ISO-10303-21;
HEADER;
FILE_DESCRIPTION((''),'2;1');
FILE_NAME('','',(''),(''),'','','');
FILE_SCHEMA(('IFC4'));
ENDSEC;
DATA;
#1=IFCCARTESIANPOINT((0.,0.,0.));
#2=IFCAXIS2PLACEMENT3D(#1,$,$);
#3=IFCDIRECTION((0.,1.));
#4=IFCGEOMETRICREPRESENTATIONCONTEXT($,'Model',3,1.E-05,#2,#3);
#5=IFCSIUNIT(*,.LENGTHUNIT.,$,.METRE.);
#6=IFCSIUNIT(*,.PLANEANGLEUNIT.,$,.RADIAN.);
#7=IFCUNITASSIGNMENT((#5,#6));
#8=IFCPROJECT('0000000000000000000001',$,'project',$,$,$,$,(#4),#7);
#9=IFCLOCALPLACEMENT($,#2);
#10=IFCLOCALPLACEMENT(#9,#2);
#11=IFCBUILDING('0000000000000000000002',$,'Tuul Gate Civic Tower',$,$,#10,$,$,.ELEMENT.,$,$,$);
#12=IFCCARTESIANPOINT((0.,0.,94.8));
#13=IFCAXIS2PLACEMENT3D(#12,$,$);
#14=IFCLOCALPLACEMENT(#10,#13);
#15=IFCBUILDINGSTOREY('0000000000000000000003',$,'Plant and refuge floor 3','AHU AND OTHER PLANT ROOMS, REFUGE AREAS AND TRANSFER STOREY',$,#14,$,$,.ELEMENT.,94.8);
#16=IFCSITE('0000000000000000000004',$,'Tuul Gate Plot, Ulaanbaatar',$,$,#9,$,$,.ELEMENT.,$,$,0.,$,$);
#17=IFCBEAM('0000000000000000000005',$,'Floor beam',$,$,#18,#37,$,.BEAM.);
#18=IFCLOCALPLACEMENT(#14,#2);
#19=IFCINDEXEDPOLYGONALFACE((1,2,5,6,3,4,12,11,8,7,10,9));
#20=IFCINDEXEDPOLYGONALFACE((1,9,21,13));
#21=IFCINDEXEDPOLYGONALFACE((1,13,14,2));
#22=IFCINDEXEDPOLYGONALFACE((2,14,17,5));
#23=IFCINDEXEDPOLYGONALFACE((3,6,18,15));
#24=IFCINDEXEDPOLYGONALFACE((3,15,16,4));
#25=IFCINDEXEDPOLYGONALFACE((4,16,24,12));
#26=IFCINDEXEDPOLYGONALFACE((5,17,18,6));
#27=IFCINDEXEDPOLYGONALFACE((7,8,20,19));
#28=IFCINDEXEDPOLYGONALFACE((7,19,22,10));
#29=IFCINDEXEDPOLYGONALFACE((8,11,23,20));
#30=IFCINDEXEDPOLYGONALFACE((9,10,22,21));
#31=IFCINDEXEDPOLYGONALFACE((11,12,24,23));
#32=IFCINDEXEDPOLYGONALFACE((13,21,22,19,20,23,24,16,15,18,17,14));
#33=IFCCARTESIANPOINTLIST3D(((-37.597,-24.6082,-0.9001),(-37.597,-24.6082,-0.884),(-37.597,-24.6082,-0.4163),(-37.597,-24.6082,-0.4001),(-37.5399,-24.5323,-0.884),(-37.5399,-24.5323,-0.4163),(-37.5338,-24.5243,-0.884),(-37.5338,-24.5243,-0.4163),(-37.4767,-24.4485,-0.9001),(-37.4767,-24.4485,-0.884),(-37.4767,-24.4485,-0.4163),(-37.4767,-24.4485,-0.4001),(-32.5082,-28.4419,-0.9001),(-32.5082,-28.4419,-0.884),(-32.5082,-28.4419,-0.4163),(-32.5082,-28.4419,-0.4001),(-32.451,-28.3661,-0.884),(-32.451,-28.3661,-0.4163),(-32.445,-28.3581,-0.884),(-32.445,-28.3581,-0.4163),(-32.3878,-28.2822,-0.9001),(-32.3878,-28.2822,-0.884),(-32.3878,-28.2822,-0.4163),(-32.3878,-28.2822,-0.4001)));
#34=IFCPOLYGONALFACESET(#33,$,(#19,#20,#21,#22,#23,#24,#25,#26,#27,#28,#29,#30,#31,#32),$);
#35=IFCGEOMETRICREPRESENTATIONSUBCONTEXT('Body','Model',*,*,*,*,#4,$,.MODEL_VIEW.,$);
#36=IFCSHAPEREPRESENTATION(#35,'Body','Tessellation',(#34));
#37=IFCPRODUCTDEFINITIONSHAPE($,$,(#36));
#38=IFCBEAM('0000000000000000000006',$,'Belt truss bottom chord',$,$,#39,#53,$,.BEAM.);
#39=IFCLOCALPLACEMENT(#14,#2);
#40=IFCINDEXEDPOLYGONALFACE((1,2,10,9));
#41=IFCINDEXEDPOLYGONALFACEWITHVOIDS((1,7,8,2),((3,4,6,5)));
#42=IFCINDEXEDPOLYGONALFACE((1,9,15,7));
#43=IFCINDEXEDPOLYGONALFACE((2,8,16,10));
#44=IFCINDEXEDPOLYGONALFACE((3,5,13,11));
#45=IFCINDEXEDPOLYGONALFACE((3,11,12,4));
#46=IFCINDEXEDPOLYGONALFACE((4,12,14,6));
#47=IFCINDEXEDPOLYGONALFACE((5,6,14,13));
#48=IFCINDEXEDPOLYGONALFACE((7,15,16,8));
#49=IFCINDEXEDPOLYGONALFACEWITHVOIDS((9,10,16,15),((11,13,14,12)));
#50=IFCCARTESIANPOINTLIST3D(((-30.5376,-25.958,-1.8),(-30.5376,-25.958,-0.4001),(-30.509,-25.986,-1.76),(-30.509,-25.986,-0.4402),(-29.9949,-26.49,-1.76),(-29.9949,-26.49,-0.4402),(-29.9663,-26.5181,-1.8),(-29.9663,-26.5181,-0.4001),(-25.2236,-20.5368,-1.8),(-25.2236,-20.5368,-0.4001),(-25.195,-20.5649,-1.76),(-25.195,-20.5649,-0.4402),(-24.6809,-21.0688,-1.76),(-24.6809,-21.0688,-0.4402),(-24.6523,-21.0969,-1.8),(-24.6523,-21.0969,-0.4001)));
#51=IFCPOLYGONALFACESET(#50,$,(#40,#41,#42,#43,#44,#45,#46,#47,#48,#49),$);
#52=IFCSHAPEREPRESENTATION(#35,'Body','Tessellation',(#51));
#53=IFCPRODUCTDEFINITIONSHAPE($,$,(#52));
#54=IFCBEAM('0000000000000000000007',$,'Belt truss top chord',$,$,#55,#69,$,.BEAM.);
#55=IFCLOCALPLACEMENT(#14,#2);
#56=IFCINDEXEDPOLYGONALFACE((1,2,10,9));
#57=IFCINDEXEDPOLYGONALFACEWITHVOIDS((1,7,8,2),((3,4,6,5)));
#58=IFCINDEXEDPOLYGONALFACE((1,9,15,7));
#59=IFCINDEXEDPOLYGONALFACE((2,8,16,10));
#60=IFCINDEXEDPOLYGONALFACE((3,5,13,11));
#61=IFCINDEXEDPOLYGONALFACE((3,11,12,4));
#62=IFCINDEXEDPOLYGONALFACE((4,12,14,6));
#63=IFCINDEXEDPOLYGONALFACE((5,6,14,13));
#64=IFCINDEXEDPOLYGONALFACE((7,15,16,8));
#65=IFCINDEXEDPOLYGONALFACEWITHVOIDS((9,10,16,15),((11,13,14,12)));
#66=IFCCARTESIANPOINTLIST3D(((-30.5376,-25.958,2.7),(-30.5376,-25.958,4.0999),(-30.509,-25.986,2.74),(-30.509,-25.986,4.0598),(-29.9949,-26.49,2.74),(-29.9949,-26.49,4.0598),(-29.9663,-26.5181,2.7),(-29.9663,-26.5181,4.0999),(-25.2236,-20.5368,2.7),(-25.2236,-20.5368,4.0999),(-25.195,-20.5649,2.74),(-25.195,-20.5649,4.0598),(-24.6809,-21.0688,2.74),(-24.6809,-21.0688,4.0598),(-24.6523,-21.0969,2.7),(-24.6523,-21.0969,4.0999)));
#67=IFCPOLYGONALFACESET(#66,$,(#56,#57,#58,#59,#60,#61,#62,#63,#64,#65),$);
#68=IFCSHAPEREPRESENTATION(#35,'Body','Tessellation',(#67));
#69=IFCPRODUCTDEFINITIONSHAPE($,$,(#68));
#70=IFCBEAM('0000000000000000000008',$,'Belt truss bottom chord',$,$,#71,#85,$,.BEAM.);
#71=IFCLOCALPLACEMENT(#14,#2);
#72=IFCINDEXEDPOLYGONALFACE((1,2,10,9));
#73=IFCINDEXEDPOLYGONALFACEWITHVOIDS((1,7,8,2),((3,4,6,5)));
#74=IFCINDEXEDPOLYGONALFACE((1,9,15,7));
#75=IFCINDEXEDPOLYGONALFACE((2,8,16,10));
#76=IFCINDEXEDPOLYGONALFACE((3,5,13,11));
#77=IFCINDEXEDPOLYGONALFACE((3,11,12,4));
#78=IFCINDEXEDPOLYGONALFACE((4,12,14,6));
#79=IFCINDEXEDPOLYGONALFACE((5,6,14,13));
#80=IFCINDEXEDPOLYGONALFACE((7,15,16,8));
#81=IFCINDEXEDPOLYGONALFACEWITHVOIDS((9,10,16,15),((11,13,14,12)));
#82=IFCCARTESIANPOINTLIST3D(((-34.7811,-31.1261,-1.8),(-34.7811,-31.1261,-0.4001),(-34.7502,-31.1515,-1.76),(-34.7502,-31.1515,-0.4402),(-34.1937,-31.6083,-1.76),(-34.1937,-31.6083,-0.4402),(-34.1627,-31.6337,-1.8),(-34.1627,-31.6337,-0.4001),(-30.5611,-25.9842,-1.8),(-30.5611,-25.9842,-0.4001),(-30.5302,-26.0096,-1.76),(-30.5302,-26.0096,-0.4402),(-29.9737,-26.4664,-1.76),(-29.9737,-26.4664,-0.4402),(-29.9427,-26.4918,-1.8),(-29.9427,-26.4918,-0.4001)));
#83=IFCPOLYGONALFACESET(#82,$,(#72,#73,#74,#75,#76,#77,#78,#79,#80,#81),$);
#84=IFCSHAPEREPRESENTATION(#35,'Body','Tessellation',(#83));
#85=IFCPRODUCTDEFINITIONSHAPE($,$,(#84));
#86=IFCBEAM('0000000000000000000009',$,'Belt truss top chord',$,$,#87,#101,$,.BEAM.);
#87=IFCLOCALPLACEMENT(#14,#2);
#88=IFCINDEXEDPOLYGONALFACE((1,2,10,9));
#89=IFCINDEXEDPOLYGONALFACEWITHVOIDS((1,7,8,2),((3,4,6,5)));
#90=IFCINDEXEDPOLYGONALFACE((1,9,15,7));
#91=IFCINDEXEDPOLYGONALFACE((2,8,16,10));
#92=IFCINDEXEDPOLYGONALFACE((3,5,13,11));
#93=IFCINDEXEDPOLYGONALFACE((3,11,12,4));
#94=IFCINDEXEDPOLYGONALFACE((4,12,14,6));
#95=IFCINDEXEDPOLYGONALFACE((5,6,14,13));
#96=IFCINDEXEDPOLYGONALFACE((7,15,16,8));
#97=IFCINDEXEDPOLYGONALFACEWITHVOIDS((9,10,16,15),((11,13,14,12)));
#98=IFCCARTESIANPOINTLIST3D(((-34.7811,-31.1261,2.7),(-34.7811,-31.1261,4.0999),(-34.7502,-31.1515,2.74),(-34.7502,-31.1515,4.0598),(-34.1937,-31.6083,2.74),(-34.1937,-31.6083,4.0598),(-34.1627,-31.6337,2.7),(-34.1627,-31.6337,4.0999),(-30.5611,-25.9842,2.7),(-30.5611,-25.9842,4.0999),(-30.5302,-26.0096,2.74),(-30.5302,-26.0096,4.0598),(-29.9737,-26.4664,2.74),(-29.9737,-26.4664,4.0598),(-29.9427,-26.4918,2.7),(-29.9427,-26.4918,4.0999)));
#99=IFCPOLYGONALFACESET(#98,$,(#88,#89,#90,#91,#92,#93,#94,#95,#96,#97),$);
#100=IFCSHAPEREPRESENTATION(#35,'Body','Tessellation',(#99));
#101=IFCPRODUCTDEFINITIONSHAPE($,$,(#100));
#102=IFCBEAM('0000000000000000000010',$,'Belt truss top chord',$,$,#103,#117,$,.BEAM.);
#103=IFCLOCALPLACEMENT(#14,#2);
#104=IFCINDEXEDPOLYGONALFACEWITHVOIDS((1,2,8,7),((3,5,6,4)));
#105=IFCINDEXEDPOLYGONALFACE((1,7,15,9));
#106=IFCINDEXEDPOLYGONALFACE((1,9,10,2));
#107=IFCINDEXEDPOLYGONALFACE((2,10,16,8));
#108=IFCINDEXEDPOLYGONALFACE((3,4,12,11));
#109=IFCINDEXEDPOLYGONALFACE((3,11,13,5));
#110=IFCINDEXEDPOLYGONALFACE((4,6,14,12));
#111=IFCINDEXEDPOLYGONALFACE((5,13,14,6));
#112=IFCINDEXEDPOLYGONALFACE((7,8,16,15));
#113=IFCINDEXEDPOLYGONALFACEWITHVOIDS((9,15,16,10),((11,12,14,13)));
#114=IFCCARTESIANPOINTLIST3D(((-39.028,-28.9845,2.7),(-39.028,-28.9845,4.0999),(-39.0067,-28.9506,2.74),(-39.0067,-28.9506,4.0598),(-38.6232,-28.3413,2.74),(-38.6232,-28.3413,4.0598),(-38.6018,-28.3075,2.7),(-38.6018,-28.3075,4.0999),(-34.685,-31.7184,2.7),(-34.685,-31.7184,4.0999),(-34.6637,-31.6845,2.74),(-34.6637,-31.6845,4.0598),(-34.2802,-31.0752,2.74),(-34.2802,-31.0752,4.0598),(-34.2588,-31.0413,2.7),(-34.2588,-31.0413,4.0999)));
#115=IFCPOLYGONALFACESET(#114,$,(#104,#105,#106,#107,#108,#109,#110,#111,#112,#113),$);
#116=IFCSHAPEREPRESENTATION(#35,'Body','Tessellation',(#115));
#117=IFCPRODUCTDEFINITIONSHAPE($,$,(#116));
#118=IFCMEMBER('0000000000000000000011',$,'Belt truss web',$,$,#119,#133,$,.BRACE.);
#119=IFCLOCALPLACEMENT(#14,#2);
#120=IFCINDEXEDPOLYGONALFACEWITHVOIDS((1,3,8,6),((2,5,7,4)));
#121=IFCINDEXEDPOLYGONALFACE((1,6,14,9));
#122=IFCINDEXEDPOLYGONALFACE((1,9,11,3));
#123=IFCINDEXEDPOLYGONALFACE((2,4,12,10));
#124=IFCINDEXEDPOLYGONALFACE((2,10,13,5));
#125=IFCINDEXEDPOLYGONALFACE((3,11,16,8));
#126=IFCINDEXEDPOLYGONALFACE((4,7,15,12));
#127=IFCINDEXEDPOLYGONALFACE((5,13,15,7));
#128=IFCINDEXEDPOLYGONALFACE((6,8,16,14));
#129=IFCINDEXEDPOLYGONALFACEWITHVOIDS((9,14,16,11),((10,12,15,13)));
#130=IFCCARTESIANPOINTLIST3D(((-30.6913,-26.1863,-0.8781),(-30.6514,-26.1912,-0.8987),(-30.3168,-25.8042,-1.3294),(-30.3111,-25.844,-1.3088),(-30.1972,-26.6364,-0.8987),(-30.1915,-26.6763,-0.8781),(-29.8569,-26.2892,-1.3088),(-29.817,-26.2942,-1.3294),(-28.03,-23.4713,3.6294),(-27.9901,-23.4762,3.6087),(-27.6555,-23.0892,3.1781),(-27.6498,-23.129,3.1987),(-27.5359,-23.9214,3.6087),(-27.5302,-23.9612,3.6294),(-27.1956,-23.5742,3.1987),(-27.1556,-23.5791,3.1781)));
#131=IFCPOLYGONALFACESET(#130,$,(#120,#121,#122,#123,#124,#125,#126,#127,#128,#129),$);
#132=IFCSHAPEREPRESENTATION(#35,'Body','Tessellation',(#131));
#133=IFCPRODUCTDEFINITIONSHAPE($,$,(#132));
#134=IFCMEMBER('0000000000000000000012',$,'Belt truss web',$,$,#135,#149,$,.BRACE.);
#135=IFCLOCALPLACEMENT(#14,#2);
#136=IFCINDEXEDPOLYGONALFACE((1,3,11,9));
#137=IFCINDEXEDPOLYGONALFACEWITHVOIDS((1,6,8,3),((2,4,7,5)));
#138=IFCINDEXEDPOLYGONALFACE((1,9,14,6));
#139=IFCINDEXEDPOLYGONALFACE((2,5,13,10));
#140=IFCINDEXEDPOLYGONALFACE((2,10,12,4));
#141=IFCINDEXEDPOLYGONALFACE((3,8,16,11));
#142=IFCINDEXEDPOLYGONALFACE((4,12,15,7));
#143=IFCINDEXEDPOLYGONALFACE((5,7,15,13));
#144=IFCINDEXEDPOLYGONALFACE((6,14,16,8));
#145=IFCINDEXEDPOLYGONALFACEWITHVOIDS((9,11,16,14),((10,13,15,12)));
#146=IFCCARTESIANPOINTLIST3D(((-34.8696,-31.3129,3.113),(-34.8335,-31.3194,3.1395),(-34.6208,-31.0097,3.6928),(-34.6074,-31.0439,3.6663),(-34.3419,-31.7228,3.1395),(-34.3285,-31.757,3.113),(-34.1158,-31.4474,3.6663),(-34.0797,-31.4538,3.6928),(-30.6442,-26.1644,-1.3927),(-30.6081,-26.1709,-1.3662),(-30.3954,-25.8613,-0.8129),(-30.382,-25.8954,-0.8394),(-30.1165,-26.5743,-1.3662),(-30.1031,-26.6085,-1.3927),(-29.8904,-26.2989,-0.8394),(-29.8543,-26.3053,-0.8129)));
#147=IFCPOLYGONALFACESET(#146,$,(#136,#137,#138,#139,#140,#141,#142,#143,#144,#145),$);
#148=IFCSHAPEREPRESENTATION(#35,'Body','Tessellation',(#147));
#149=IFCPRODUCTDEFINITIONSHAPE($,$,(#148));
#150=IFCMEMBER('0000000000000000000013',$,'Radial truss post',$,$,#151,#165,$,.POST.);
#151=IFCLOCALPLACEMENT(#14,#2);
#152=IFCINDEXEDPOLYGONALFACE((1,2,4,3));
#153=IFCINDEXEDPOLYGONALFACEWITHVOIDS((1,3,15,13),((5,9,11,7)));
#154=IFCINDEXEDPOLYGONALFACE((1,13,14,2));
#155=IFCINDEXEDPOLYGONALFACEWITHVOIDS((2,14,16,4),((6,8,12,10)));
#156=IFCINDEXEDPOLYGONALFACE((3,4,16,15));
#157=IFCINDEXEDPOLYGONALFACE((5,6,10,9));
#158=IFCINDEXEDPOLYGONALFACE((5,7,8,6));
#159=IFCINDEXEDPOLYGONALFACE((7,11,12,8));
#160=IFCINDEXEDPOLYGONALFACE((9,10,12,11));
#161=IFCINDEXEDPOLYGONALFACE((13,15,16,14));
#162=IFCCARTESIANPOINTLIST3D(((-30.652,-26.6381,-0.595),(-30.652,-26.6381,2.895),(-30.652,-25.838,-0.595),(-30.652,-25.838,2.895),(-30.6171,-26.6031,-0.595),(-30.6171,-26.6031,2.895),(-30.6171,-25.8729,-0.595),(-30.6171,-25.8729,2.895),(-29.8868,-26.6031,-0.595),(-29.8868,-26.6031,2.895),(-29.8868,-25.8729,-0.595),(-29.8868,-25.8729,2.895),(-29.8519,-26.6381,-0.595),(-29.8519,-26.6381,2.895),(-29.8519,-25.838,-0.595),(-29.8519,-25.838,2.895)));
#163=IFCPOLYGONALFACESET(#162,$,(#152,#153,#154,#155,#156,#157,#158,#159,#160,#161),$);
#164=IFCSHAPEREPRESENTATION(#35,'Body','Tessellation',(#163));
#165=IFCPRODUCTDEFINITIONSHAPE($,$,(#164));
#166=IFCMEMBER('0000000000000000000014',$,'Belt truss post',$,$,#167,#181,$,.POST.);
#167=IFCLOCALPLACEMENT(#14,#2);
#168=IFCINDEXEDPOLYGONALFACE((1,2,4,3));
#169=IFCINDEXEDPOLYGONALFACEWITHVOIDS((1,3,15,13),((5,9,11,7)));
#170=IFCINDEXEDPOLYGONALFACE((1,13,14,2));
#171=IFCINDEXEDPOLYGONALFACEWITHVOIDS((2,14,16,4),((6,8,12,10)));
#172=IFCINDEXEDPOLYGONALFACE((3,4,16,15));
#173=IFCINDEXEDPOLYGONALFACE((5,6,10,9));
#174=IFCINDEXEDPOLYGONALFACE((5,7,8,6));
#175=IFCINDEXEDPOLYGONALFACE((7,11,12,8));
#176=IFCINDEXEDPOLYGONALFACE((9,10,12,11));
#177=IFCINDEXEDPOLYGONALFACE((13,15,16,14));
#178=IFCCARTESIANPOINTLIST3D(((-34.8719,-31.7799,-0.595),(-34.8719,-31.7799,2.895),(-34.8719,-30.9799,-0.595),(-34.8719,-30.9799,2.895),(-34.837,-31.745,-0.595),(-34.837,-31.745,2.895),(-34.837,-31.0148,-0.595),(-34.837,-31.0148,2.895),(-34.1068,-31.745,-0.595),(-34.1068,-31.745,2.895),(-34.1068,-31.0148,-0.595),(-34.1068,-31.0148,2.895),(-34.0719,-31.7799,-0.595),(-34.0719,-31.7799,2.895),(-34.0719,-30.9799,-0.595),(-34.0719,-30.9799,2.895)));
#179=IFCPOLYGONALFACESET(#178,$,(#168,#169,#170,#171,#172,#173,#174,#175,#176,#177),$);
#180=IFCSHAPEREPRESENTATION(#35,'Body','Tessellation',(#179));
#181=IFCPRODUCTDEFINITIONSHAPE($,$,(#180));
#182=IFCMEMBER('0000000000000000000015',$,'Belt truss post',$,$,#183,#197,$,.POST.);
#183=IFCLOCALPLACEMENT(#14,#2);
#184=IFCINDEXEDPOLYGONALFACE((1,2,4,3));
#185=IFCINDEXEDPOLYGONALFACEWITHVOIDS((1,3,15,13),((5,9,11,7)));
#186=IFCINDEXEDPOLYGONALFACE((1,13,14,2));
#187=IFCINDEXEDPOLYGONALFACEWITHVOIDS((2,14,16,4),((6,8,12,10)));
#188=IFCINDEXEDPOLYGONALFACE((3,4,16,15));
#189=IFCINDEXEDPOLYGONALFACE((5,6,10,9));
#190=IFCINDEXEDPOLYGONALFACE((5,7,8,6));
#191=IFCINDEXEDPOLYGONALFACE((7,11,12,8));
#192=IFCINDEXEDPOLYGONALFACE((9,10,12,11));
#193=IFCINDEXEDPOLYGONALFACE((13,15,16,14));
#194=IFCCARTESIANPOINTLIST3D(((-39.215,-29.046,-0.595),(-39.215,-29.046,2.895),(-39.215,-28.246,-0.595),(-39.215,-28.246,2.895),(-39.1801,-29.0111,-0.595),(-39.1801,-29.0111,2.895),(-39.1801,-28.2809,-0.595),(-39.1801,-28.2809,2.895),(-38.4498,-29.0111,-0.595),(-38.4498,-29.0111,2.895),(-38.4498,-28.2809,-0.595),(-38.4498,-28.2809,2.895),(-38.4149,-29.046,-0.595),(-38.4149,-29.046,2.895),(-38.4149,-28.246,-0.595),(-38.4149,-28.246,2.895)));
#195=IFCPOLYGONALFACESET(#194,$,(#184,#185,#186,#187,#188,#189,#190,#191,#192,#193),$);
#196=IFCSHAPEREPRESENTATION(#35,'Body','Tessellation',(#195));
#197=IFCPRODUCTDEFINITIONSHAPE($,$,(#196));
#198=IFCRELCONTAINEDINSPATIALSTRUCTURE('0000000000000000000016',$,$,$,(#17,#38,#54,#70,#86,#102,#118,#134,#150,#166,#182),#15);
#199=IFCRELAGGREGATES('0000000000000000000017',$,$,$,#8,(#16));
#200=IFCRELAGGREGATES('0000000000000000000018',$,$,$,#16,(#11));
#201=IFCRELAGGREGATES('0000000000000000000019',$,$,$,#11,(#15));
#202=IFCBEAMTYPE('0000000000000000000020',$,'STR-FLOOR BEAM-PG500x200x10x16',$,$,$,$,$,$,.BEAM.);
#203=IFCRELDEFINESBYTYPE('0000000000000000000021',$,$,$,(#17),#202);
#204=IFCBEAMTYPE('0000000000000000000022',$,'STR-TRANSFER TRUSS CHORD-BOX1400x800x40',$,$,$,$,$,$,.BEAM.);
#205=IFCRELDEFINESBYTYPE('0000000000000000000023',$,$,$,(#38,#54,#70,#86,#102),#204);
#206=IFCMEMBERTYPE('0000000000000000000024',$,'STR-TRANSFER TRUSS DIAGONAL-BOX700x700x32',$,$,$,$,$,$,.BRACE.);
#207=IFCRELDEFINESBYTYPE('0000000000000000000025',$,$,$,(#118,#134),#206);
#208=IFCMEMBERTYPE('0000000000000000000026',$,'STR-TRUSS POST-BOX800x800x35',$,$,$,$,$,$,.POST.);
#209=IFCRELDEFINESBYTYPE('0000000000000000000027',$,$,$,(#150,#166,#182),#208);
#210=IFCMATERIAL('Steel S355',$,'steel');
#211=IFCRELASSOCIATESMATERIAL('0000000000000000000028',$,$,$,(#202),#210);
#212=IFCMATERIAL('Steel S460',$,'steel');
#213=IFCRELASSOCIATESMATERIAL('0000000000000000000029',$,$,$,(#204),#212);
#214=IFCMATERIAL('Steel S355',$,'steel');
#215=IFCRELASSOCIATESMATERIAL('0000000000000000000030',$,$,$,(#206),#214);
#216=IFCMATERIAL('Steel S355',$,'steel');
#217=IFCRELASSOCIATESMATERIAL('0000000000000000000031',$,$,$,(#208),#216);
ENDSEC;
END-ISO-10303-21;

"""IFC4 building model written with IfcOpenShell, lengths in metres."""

from ifc_helpers import new_model, si_unit, direction, frame, origin, origin_2d, place, context, subcontext, project, spatial, hollow_rectangle, i_section, extrude, material, material_profile, profile_set, type_object, element, save


model = new_model("IFC4")

# Units and contexts
model_context = context("Model", 3, precision=1e-05, world=origin(), true_north=direction((0.0, 1.0)))
body_context = subcontext(model_context, "Body", "Model", "MODEL_VIEW")
ifc_project = project(units=[si_unit("LENGTHUNIT", "METRE"), si_unit("PLANEANGLEUNIT", "RADIAN")], contexts=[model_context])

# Site, building, storey
site_placement = place(None, origin())
site = spatial("IfcSite", under=ifc_project, at=site_placement, Name="Tuul Gate Plot, Ulaanbaatar", CompositionType="ELEMENT", RefElevation=0.0)
building_placement = place(site_placement, origin())
building = spatial("IfcBuilding", under=site, at=building_placement, Name="Tuul Gate Civic Tower", CompositionType="ELEMENT")
storey_placement = place(building_placement, frame((0.0, 0.0, 94.8)))
storey = spatial("IfcBuildingStorey", under=building, at=storey_placement, Name="Plant and refuge floor 3", Description="AHU AND OTHER PLANT ROOMS, REFUGE AREAS AND TRANSFER STOREY", CompositionType="ELEMENT", Elevation=94.8)

# Beams
ifc_material_1 = material(Name="Steel S355", Category="steel")
ifc_material_profile_1 = material_profile(ifc_material_1, i_section(OverallWidth=0.2, OverallDepth=0.5, WebThickness=0.01, FlangeThickness=0.0161, at=origin_2d()), Name="PG500x200x10x16")
ifc_profile_set_1 = profile_set([ifc_material_profile_1], Name="Steel S355")
beam_type_1 = type_object("IfcBeamType", Name="STR-FLOOR BEAM-PG500x200x10x16", PredefinedType="BEAM", material=ifc_profile_set_1)
beam_1_placement = place(storey_placement, frame((-32.448, -28.3621, -0.6501), z_axis=(-0.798711, 0.601715, 0.0), x_axis=(-0.601715, -0.798711, 0.0)))
element("IfcBeam", 1, at=beam_1_placement, inside=storey, type_object=beam_type_1, Name="Floor beam", PredefinedType="BEAM", context=body_context, shape_type="SweptSolid", body=[
    extrude(i_section(OverallWidth=0.2, OverallDepth=0.5, WebThickness=0.01, FlangeThickness=0.0161, at=origin_2d()), origin(), (0.0, 0.0, 1.0), 6.3713),
])
ifc_material_2 = material(Name="Steel S460", Category="steel")
ifc_material_profile_2 = material_profile(ifc_material_2, hollow_rectangle(XDim=0.8, YDim=1.3999, WallThickness=0.04, at=origin_2d()), Name="BOX1400x800x40")
ifc_profile_set_2 = profile_set([ifc_material_profile_2], Name="Steel S460")
beam_type_2 = type_object("IfcBeamType", Name="STR-TRANSFER TRUSS CHORD-BOX1400x800x40", PredefinedType="BEAM", material=ifc_profile_set_2)
for number, where, z_axis, x_axis, name in (
    (2, (-30.252, -26.238, -1.1001), (0.700012, 0.714131, 0.0), (-0.714131, 0.700012, 0.0), "Belt truss bottom chord"),
    (3, (-30.252, -26.238, 3.3999), (0.700012, 0.714131, 0.0), (-0.714131, 0.700012, 0.0), "Belt truss top chord"),
):
    element("IfcBeam", number, at=place(storey_placement, frame(where, z_axis=z_axis, x_axis=x_axis)), inside=storey, type_object=beam_type_2, Name=name, PredefinedType="BEAM", context=body_context, shape_type="SweptSolid", body=[
        extrude(hollow_rectangle(XDim=0.8, YDim=1.3999, WallThickness=0.04, at=origin_2d()), origin(), (0.0, 0.0, 1.0), 7.5913),
    ])
for number, where, z_axis, x_axis, name in (
    (4, (-34.4719, -31.3799, -1.1001), (0.634408, 0.772998, 0.0), (-0.772998, 0.634408, 0.0), "Belt truss bottom chord"),
    (5, (-34.4719, -31.3799, 3.3999), (0.634408, 0.772998, 0.0), (-0.772998, 0.634408, 0.0), "Belt truss top chord"),
):
    element("IfcBeam", number, at=place(storey_placement, frame(where, z_axis=z_axis, x_axis=x_axis)), inside=storey, type_object=beam_type_2, Name=name, PredefinedType="BEAM", context=body_context, shape_type="SweptSolid", body=[
        extrude(hollow_rectangle(XDim=0.8, YDim=1.3999, WallThickness=0.04, at=origin_2d()), origin(), (0.0, 0.0, 1.0), 6.6519),
    ])
beam_2_placement = place(storey_placement, frame((-38.8149, -28.646, 3.3999), z_axis=(0.846286, -0.532729, 0.0), x_axis=(0.532729, 0.846286, 0.0)))
element("IfcBeam", 6, at=beam_2_placement, inside=storey, type_object=beam_type_2, Name="Belt truss top chord", PredefinedType="BEAM", context=body_context, shape_type="SweptSolid", body=[
    extrude(hollow_rectangle(XDim=0.8, YDim=1.3999, WallThickness=0.04, at=origin_2d()), origin(), (0.0, 0.0, 1.0), 5.1318),
])

# Members
ifc_material_3 = material(Name="Steel S355", Category="steel")
ifc_material_profile_3 = material_profile(ifc_material_3, hollow_rectangle(XDim=0.7, YDim=0.7, WallThickness=0.032, at=origin_2d()), Name="BOX700x700x32")
ifc_profile_set_3 = profile_set([ifc_material_profile_3], Name="Steel S355")
member_type_1 = type_object("IfcMemberType", Name="STR-TRANSFER TRUSS DIAGONAL-BOX700x700x32", PredefinedType="BRACE", material=ifc_profile_set_3)
member_1_placement = place(storey_placement, frame((-30.2542, -26.2402, -1.1038), z_axis=(0.451322, 0.46043, 0.764403), x_axis=(-0.714135, 0.700008, 0.0)))
element("IfcMember", 7, at=member_1_placement, inside=storey, type_object=member_type_1, Name="Belt truss web", PredefinedType="BRACE", context=body_context, shape_type="SweptSolid", body=[
    extrude(hollow_rectangle(XDim=0.7, YDim=0.7, WallThickness=0.032, at=origin_2d()), origin(), (0.0, 0.0, 1.0), 5.8967),
])
member_2_placement = place(storey_placement, frame((-30.2493, -26.2349, -1.1028), z_axis=(-0.525463, -0.640259, 0.560318), x_axis=(0.773001, -0.634405, 0.0)))
element("IfcMember", 8, at=member_2_placement, inside=storey, type_object=member_type_1, Name="Belt truss web", PredefinedType="BRACE", context=body_context, shape_type="SweptSolid", body=[
    extrude(hollow_rectangle(XDim=0.7, YDim=0.7, WallThickness=0.032, at=origin_2d()), origin(), (0.0, 0.0, 1.0), 8.0413),
])
ifc_material_4 = material(Name="Steel S355", Category="steel")
ifc_material_profile_4 = material_profile(ifc_material_4, hollow_rectangle(XDim=0.8, YDim=0.8, WallThickness=0.0349, at=origin_2d()), Name="BOX800x800x35")
ifc_profile_set_4 = profile_set([ifc_material_profile_4], Name="Steel S355")
member_type_2 = type_object("IfcMemberType", Name="STR-TRUSS POST-BOX800x800x35", PredefinedType="POST", material=ifc_profile_set_4)
for number, where, z_axis, x_axis, name in (
    (9, (-30.252, -26.238, -0.595), (0.0, 0.0, 1.0), (1.0, 0.0, 0.0), "Radial truss post"),
    (10, (-34.4719, -31.3799, -0.595), (0.0, 0.0, 1.0), (1.0, 0.0, 0.0), "Belt truss post"),
    (11, (-38.8149, -28.646, -0.595), (0.0, 0.0, 1.0), (1.0, 0.0, 0.0), "Belt truss post"),
):
    element("IfcMember", number, at=place(storey_placement, frame(where, z_axis=z_axis, x_axis=x_axis)), inside=storey, type_object=member_type_2, Name=name, PredefinedType="POST", context=body_context, shape_type="SweptSolid", body=[
        extrude(hollow_rectangle(XDim=0.8, YDim=0.8, WallThickness=0.0349, at=origin_2d()), origin(), (0.0, 0.0, 1.0), 3.49),
    ])

save(model, "model.ifc")
